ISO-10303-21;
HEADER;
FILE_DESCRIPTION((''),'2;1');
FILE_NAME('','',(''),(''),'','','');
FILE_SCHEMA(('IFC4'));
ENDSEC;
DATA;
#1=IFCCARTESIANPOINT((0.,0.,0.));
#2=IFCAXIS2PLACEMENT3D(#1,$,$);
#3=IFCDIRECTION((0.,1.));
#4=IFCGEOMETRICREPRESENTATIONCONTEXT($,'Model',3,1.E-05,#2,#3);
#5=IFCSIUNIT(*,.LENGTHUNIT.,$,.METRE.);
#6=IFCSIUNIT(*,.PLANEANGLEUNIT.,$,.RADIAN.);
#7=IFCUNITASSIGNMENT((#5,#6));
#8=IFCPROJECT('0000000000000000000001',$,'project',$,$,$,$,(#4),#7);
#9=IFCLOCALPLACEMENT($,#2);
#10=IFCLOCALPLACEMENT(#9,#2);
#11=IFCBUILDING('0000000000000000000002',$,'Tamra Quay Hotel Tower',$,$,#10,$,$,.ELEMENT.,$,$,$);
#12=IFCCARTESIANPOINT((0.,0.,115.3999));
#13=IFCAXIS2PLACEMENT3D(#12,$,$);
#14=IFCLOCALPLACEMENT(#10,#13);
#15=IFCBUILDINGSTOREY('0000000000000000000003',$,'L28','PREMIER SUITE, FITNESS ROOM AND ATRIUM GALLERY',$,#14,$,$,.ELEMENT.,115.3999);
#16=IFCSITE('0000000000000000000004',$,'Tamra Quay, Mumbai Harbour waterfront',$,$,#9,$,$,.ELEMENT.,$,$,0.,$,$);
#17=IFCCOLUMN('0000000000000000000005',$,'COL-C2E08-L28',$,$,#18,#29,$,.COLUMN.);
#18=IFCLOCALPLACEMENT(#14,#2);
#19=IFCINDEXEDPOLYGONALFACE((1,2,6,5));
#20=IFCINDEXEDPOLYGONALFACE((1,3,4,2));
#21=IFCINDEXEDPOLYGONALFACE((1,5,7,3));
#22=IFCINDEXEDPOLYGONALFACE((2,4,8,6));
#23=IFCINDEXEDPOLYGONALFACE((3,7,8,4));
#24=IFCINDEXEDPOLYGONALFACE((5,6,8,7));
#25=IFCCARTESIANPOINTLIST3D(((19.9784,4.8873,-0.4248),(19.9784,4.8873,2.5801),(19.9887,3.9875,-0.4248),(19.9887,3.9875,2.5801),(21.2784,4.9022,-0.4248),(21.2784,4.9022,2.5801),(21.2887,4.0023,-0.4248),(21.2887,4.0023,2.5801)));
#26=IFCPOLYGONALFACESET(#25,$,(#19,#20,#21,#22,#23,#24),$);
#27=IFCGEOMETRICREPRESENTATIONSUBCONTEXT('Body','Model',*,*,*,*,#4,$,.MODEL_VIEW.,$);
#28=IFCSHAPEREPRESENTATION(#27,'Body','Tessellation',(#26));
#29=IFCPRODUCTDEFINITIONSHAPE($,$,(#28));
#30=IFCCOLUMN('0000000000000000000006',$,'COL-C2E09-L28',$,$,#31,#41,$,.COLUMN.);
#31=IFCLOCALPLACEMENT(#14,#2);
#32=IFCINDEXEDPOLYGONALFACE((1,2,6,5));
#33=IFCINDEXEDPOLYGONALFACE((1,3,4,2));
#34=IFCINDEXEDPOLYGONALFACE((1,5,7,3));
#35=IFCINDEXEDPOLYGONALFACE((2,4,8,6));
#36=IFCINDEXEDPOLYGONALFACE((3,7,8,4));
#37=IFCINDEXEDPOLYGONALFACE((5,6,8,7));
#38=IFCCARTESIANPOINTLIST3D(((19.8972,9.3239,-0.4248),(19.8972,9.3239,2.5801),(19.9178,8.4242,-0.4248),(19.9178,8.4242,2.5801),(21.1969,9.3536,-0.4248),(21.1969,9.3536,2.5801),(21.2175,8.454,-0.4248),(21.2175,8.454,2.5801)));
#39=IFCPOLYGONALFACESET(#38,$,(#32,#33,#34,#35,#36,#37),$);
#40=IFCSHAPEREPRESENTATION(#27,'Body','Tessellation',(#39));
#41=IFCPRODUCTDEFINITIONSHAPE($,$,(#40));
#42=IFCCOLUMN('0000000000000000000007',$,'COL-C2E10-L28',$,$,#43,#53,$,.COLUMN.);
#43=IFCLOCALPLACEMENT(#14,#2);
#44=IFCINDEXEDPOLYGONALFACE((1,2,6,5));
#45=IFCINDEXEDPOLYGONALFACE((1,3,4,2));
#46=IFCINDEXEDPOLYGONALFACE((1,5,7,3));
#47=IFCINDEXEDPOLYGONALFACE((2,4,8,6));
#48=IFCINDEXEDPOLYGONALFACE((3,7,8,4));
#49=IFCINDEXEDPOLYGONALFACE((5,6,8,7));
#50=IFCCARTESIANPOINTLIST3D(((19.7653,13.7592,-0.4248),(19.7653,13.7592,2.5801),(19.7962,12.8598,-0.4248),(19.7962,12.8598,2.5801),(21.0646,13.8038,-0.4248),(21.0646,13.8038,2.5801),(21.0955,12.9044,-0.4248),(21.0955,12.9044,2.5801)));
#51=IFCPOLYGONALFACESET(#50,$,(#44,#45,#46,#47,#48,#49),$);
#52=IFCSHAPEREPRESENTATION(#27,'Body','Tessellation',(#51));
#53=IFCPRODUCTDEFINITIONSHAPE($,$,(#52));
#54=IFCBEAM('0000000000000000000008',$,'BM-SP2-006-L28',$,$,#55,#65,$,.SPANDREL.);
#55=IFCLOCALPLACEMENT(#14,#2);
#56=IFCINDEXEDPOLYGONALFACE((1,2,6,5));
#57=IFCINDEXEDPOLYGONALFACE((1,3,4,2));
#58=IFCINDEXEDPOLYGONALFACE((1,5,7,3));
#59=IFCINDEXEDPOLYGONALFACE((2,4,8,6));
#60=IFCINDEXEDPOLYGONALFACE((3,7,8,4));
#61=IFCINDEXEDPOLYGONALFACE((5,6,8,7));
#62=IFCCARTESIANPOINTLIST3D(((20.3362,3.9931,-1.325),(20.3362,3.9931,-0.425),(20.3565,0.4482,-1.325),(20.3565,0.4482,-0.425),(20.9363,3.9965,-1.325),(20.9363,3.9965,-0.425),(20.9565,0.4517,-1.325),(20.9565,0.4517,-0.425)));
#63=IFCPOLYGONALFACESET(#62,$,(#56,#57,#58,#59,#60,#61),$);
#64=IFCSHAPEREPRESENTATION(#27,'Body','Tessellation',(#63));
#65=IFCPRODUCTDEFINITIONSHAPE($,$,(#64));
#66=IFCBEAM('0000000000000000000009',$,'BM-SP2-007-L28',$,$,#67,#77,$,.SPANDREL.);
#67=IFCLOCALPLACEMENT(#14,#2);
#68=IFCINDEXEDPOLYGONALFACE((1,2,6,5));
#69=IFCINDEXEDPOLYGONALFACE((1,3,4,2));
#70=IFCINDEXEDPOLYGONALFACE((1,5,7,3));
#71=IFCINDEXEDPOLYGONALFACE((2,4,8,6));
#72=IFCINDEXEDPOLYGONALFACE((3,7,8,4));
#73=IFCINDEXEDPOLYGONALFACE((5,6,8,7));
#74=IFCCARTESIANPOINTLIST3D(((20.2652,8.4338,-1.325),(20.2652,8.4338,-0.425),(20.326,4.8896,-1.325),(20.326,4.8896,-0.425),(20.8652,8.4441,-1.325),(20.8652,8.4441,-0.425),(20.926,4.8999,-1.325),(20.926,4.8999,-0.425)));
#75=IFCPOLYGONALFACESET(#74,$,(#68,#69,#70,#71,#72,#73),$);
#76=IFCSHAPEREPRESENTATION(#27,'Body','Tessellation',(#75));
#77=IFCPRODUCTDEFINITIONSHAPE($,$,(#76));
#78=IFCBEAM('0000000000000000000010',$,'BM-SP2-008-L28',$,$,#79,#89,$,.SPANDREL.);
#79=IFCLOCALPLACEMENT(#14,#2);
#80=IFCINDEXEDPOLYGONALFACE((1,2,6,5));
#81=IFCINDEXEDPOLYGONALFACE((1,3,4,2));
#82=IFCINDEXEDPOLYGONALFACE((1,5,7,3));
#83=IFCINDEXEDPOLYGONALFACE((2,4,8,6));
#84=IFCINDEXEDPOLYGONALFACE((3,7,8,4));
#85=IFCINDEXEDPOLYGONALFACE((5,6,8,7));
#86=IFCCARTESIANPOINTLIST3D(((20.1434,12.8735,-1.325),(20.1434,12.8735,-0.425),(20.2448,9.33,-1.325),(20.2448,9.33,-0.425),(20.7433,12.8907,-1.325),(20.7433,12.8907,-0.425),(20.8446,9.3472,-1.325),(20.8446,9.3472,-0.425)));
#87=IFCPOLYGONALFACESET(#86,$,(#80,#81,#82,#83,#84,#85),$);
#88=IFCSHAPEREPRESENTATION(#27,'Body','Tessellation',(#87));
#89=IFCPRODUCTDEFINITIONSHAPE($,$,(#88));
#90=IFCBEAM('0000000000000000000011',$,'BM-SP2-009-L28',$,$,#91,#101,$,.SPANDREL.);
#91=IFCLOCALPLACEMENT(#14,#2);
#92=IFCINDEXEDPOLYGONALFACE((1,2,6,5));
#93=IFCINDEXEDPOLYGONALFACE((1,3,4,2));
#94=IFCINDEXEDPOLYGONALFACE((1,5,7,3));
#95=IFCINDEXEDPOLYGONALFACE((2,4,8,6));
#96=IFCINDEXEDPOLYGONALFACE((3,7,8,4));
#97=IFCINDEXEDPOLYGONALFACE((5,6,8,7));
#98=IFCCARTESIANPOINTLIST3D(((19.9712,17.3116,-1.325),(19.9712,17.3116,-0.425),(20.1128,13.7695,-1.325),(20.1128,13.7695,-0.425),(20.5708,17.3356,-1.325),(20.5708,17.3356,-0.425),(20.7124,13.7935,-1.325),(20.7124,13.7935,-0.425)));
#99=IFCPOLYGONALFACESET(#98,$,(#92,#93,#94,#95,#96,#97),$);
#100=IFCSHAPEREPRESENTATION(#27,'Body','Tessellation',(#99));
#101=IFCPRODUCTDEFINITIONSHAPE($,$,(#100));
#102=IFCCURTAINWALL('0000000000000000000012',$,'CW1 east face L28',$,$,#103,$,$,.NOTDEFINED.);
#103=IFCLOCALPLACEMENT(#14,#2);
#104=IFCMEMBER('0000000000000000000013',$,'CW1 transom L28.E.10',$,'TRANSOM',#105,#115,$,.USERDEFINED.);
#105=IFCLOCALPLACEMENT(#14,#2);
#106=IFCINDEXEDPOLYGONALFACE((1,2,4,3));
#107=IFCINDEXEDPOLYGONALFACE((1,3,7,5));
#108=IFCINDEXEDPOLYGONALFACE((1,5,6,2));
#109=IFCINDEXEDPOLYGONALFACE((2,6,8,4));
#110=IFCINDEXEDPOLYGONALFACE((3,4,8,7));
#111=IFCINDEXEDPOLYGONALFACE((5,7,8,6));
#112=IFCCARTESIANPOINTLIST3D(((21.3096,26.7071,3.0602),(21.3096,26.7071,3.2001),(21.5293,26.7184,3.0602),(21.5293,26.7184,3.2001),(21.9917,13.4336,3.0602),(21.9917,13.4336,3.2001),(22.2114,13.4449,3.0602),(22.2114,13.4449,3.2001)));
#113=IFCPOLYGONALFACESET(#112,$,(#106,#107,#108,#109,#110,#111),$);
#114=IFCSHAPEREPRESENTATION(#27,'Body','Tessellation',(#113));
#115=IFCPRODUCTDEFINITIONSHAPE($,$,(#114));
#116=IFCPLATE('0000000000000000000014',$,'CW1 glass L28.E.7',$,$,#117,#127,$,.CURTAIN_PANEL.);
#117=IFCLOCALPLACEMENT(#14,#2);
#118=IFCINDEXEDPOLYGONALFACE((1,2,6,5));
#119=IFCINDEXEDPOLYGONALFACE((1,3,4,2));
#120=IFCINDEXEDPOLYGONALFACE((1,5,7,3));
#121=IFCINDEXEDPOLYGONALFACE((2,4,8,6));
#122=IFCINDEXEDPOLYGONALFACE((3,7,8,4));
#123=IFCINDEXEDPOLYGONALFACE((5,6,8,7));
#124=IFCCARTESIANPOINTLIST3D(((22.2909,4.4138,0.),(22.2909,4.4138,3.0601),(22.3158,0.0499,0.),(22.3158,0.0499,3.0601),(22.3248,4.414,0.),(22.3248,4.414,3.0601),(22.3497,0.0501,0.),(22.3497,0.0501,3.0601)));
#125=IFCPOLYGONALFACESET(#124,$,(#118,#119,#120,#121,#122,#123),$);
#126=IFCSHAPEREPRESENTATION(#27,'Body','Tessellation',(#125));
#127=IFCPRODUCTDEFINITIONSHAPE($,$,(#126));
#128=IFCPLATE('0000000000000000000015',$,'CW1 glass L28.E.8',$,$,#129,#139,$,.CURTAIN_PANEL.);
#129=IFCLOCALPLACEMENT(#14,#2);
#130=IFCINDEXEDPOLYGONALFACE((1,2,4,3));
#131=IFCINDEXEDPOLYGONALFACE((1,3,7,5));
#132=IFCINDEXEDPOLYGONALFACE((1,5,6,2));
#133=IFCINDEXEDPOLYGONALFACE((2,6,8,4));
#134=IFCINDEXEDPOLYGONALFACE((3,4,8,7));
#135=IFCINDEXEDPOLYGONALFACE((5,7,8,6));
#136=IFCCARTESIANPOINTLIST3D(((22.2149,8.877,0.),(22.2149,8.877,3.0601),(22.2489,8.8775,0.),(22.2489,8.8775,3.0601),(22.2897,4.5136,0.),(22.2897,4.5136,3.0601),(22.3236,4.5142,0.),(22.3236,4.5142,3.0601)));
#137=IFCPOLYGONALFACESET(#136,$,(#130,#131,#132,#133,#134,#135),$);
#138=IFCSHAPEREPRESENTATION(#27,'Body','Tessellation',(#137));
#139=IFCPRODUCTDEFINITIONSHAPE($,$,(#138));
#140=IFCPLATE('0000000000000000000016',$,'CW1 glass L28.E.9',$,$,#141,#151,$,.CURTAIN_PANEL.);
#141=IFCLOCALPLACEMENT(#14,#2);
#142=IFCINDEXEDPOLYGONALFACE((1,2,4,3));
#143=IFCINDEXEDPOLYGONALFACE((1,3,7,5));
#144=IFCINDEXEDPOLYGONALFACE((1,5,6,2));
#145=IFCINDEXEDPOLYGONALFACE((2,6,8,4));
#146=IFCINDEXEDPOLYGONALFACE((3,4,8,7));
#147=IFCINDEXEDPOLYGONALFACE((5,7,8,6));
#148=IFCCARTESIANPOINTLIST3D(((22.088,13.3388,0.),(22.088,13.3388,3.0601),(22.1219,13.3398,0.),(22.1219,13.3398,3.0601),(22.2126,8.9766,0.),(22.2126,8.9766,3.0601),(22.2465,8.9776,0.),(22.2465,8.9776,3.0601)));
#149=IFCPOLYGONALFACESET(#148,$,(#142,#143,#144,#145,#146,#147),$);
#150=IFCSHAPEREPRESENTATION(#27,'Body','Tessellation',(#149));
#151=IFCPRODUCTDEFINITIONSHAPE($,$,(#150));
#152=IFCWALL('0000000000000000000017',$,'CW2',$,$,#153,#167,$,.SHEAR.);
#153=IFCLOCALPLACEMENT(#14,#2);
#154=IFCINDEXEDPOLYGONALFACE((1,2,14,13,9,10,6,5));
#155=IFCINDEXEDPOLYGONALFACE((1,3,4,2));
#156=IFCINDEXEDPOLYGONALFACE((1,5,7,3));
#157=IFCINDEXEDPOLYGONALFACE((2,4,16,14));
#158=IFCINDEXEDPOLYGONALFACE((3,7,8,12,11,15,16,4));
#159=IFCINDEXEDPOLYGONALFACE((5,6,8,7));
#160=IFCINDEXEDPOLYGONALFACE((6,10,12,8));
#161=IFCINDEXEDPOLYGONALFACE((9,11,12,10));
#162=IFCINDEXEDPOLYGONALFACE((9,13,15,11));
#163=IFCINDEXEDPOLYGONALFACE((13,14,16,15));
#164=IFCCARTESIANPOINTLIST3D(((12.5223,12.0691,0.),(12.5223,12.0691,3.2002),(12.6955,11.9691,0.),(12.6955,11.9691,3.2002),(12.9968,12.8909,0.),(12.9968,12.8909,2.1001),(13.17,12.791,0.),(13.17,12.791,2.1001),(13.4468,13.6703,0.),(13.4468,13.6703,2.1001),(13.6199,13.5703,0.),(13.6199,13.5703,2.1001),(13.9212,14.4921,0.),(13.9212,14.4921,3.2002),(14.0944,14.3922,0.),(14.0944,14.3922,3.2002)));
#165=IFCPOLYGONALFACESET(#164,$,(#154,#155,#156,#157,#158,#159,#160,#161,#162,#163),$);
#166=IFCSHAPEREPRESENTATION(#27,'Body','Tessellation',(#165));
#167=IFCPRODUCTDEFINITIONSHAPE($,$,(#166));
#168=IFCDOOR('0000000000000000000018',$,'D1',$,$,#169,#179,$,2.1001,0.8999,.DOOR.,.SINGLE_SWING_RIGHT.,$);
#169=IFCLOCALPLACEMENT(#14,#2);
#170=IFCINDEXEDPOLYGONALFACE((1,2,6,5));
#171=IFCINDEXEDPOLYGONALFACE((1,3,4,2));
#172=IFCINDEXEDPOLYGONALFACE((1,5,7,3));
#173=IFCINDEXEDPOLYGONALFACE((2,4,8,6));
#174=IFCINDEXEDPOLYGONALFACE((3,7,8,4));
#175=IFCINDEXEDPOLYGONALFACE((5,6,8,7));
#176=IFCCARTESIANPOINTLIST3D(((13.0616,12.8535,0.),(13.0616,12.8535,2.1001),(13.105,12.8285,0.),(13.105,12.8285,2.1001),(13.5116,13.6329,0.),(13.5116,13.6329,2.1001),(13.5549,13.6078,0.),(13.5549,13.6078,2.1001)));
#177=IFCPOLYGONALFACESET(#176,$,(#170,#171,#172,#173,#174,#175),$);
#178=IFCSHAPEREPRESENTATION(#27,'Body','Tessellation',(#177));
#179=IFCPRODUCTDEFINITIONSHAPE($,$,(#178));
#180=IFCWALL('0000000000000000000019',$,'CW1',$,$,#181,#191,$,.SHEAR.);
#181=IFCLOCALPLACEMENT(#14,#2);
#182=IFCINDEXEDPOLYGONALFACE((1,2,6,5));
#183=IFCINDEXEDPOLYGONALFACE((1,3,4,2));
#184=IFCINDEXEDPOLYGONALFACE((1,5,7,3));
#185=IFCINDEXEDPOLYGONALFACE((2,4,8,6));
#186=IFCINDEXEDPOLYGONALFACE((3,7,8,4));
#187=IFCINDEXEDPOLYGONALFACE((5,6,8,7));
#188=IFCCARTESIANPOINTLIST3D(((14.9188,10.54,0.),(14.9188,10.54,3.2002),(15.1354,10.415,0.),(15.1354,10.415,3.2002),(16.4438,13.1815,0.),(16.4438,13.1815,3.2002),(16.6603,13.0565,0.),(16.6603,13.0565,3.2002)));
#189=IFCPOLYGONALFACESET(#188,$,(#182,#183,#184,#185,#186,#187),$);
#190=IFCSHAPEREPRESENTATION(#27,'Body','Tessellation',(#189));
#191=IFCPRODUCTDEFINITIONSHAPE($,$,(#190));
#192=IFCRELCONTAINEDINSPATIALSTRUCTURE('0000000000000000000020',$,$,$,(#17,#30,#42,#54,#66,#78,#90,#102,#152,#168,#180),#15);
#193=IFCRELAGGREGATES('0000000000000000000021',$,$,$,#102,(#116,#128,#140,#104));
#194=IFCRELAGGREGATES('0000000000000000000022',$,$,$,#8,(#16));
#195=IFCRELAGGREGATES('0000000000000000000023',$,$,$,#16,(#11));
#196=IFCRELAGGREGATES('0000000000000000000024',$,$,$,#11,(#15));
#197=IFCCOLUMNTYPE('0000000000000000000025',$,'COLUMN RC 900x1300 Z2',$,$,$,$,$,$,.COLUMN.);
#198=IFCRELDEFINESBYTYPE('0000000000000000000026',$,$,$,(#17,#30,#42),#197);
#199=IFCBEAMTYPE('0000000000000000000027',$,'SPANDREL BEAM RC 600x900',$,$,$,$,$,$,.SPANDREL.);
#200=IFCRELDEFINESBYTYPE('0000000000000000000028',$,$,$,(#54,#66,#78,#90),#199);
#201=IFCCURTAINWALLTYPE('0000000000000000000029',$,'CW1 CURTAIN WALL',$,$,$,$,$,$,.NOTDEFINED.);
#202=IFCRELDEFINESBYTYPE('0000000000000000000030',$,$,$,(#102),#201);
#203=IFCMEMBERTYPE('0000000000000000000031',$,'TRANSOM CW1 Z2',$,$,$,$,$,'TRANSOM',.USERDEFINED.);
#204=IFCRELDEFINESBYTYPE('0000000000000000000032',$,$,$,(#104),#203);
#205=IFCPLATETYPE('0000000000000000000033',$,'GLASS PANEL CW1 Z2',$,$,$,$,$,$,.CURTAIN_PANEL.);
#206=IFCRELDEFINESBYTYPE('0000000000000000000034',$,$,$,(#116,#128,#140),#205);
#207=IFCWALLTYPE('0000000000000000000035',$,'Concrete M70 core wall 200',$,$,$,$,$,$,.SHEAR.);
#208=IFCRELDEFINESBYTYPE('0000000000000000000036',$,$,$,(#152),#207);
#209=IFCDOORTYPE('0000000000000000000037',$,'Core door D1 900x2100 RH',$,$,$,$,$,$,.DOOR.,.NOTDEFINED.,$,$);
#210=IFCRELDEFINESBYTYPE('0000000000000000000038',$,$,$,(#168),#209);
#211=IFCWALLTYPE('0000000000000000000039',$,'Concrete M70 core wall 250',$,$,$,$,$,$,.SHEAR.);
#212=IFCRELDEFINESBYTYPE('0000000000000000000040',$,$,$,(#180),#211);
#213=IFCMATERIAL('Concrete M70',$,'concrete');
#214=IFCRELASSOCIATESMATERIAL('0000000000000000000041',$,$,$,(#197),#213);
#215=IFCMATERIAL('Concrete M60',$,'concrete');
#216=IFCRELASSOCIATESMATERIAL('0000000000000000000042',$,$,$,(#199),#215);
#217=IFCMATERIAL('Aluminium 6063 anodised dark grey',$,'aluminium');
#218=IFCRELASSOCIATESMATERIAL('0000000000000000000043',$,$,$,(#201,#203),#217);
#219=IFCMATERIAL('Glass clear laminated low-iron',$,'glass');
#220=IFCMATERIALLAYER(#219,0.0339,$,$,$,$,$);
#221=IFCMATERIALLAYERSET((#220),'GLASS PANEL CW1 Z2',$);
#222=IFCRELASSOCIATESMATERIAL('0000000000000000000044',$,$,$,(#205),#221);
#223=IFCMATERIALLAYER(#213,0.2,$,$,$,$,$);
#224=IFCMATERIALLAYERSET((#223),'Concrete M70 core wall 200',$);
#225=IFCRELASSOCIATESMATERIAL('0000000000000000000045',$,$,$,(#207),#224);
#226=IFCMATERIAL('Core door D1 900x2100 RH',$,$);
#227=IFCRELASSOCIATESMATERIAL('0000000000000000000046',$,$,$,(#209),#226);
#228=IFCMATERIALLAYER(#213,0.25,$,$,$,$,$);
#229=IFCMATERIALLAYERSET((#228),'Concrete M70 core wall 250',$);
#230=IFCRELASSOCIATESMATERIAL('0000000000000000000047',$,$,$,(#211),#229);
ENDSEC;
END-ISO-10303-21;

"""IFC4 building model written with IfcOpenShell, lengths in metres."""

from ifc_helpers import new_model, si_unit, direction, frame, frame_2d, origin, origin_2d, place, context, subcontext, project, spatial, rectangle, extrude, material, layer, layer_set, material_profile, profile_set, type_object, element, fill, aggregate, save


model = new_model("IFC4")

# Units and contexts
model_context = context("Model", 3, precision=1e-05, world=origin(), true_north=direction((0.0, 1.0)))
body_context = subcontext(model_context, "Body", "Model", "MODEL_VIEW")
ifc_project = project(units=[si_unit("LENGTHUNIT", "METRE"), si_unit("PLANEANGLEUNIT", "RADIAN")], contexts=[model_context])

# Site, building, storey
site_placement = place(None, origin())
site = spatial("IfcSite", under=ifc_project, at=site_placement, Name="Tamra Quay, Mumbai Harbour waterfront", CompositionType="ELEMENT", RefElevation=0.0)
building_placement = place(site_placement, origin())
building = spatial("IfcBuilding", under=site, at=building_placement, Name="Tamra Quay Hotel Tower", CompositionType="ELEMENT")
storey_placement = place(building_placement, frame((0.0, 0.0, 115.3999)))
storey = spatial("IfcBuildingStorey", under=building, at=storey_placement, Name="L28", Description="PREMIER SUITE, FITNESS ROOM AND ATRIUM GALLERY", CompositionType="ELEMENT", Elevation=115.3999)

# Columns
ifc_material_1 = material(Name="Concrete M70", Category="concrete")
ifc_material_profile_1 = material_profile(ifc_material_1, rectangle(XDim=1.3, YDim=0.8999, at=origin_2d()), Name="COLUMN RC 900x1300 Z2")
ifc_profile_set_1 = profile_set([ifc_material_profile_1], Name="Concrete M70")
column_type = type_object("IfcColumnType", Name="COLUMN RC 900x1300 Z2", PredefinedType="COLUMN", material=ifc_profile_set_1)
for number, where, z_axis, x_axis, name in (
    (1, (20.6335, 4.4448, -0.4248), (0.0, 0.0, 1.0), (0.999935, 0.011439, 0.0), "COL-C2E08-L28"),
    (2, (20.5574, 8.8889, -0.4248), (0.0, 0.0, 1.0), (0.999738, 0.022874, 0.0), "COL-C2E09-L28"),
    (3, (20.4304, 13.3318, -0.4248), (0.0, 0.0, 1.0), (0.999412, 0.034299, 0.0), "COL-C2E10-L28"),
):
    element("IfcColumn", number, at=place(storey_placement, frame(where, z_axis=z_axis, x_axis=x_axis)), inside=storey, type_object=column_type, Name=name, PredefinedType="COLUMN", context=body_context, shape_type="SweptSolid", body=[
        extrude(rectangle(XDim=1.3, YDim=0.8999, at=origin_2d()), origin(), (0.0, 0.0, 1.0), 3.0049),
    ])

# Beams
ifc_material_2 = material(Name="Concrete M60", Category="concrete")
ifc_material_profile_2 = material_profile(ifc_material_2, rectangle(XDim=0.6001, YDim=0.8999, at=origin_2d()), Name="SPANDREL BEAM RC 600x900")
ifc_profile_set_2 = profile_set([ifc_material_profile_2], Name="Concrete M60")
beam_type = type_object("IfcBeamType", Name="SPANDREL BEAM RC 600x900", PredefinedType="SPANDREL", material=ifc_profile_set_2)
beam_1_placement = place(storey_placement, frame((20.6565, 0.45, -0.875), z_axis=(-0.005716, 0.999984, 0.0), x_axis=(-0.999984, -0.005716, 0.0)))
element("IfcBeam", 4, at=beam_1_placement, inside=storey, type_object=beam_type, Name="BM-SP2-006-L28", PredefinedType="SPANDREL", context=body_context, shape_type="SweptSolid", body=[
    extrude(rectangle(XDim=0.6001, YDim=0.8999, at=origin_2d()), origin(), (0.0, 0.0, 1.0), 3.5449),
])
beam_2_placement = place(storey_placement, frame((20.626, 4.8948, -0.875), z_axis=(-0.01715, 0.999853, 0.0), x_axis=(-0.999853, -0.01715, 0.0)))
element("IfcBeam", 5, at=beam_2_placement, inside=storey, type_object=beam_type, Name="BM-SP2-007-L28", PredefinedType="SPANDREL", context=body_context, shape_type="SweptSolid", body=[
    extrude(rectangle(XDim=0.6001, YDim=0.8999, at=origin_2d()), origin(), (0.0, 0.0, 1.0), 3.5447),
])
for number, where, z_axis, x_axis, name in (
    (6, (20.5447, 9.3386, -0.875), (-0.028581, 0.999591, 0.0), (-0.999591, -0.028581, 0.0), "BM-SP2-008-L28"),
    (7, (20.4126, 13.7815, -0.875), (-0.039946, 0.999202, 0.0), (-0.999202, -0.039946, 0.0), "BM-SP2-009-L28"),
):
    element("IfcBeam", number, at=place(storey_placement, frame(where, z_axis=z_axis, x_axis=x_axis)), inside=storey, type_object=beam_type, Name=name, PredefinedType="SPANDREL", context=body_context, shape_type="SweptSolid", body=[
        extrude(rectangle(XDim=0.6001, YDim=0.8999, at=origin_2d()), origin(), (0.0, 0.0, 1.0), 3.5449),
    ])

# Curtain wall, member, plates
ifc_material_3 = material(Name="Aluminium 6063 anodised dark grey", Category="aluminium")
curtain_wall_type = type_object("IfcCurtainWallType", Name="CW1 CURTAIN WALL", PredefinedType="NOTDEFINED", material=ifc_material_3)
curtain_wall_placement = place(storey_placement, origin())
curtain_wall = element("IfcCurtainWall", 8, at=curtain_wall_placement, inside=storey, type_object=curtain_wall_type, Name="CW1 east face L28", PredefinedType="NOTDEFINED")
ifc_material_profile_3 = material_profile(ifc_material_3, rectangle(XDim=0.22, YDim=0.1399, at=origin_2d()), Name="TRANSOM 220X140")
ifc_profile_set_3 = profile_set([ifc_material_profile_3], Name="Aluminium 6063 anodised dark grey")
member_type = type_object("IfcMemberType", Name="TRANSOM CW1 Z2", ElementType="TRANSOM", PredefinedType="USERDEFINED", material=ifc_profile_set_3)
member_placement = place(storey_placement, frame((22.1016, 13.4392, 3.1301), z_axis=(-0.051323, 0.998682, 0.0), x_axis=(-0.998682, -0.051323, 0.0)))
member = element("IfcMember", 9, at=member_placement, type_object=member_type, Name="CW1 transom L28.E.10", ObjectType="TRANSOM", PredefinedType="USERDEFINED", context=body_context, shape_type="SweptSolid", body=[
    extrude(rectangle(XDim=0.22, YDim=0.1399, at=origin_2d()), origin(), (0.0, 0.0, 1.0), 13.291),
])
ifc_material_4 = material(Name="Glass clear laminated low-iron", Category="glass")
ifc_layer_1 = layer(ifc_material_4, 0.0339)
ifc_layer_set_1 = layer_set([ifc_layer_1], Name="GLASS PANEL CW1 Z2")
plate_type = type_object("IfcPlateType", Name="GLASS PANEL CW1 Z2", PredefinedType="CURTAIN_PANEL", material=ifc_layer_set_1)
plate_1_placement = place(storey_placement, frame((22.3203, 2.2319, 0.0), z_axis=(0.0, 0.0, 1.0), x_axis=(-0.005713, 0.999984, 0.0)))
plate_1 = element("IfcPlate", 10, at=plate_1_placement, type_object=plate_type, Name="CW1 glass L28.E.7", PredefinedType="CURTAIN_PANEL", context=body_context, shape_type="SweptSolid", body=[
    extrude(rectangle(XDim=4.364, YDim=0.0339, at=origin_2d()), origin(), (0.0, 0.0, 1.0), 3.0601),
])
plate_2_placement = place(storey_placement, frame((22.2693, 6.6956, 0.0), z_axis=(0.0, 0.0, 1.0), x_axis=(-0.017134, 0.999853, 0.0)))
plate_2 = element("IfcPlate", 11, at=plate_2_placement, type_object=plate_type, Name="CW1 glass L28.E.8", PredefinedType="CURTAIN_PANEL", context=body_context, shape_type="SweptSolid", body=[
    extrude(rectangle(XDim=4.364, YDim=0.0339, at=origin_2d()), origin(), (0.0, 0.0, 1.0), 3.0601),
])
plate_3_placement = place(storey_placement, frame((22.1672, 11.1582, 0.0), z_axis=(0.0, 0.0, 1.0), x_axis=(-0.028546, 0.999592, 0.0)))
plate_3 = element("IfcPlate", 12, at=plate_3_placement, type_object=plate_type, Name="CW1 glass L28.E.9", PredefinedType="CURTAIN_PANEL", context=body_context, shape_type="SweptSolid", body=[
    extrude(rectangle(XDim=4.364, YDim=0.0339, at=origin_2d()), origin(), (0.0, 0.0, 1.0), 3.0601),
])
aggregate(curtain_wall, [plate_1, plate_2, plate_3, member])

# Wall, opening, door
ifc_layer_2 = layer(ifc_material_1, 0.2)
ifc_layer_set_2 = layer_set([ifc_layer_2], Name="Concrete M70 core wall 200")
wall_type_1 = type_object("IfcWallType", Name="Concrete M70 core wall 200", PredefinedType="SHEAR", material=ifc_layer_set_2)
wall_1_placement = place(storey_placement, frame((14.0078, 14.4421, 0.0), z_axis=(0.0, 0.0, 1.0), x_axis=(-0.499987, -0.866033, 0.0)))
wall_1 = element("IfcWall", 13, at=wall_1_placement, inside=storey, type_object=wall_type_1, Name="CW2", PredefinedType="SHEAR", context=body_context, shape_type="SweptSolid", body=[
    extrude(rectangle(XDim=2.7979, YDim=0.2, at=frame_2d((1.3989, 0.0))), origin(), (0.0, 0.0, 1.0), 3.2002),
])
opening_placement = place(wall_1_placement, frame((0.949, 0.0, 0.0)))
opening = element("IfcOpeningElement", 14, at=opening_placement, cuts=wall_1, PredefinedType="OPENING", context=body_context, shape_type="SweptSolid", body=[
    extrude(rectangle(XDim=0.8999, YDim=2.1001, at=frame_2d((0.45, 1.05))), frame((0.0, 0.1099, 0.0), z_axis=(0.0, -1.0, 0.0), x_axis=(1.0, 0.0, 0.0)), (0.0, 0.0, 1.0), 0.22),
])
ifc_material_5 = material(Name="Core door D1 900x2100 RH")
door_type = type_object("IfcDoorType", Name="Core door D1 900x2100 RH", OperationType="NOTDEFINED", PredefinedType="DOOR", material=ifc_material_5)
door_placement = place(opening_placement, origin())
door = element("IfcDoor", 15, at=door_placement, inside=storey, type_object=door_type, Name="D1", OperationType="SINGLE_SWING_RIGHT", OverallHeight=2.1001, OverallWidth=0.8999, PredefinedType="DOOR", context=body_context, shape_type="SweptSolid", body=[
    extrude(rectangle(XDim=0.8999, YDim=2.1001, at=frame_2d((0.45, 1.05))), frame((0.0, 0.0249, 0.0), z_axis=(0.0, -1.0, 0.0), x_axis=(1.0, 0.0, 0.0)), (0.0, 0.0, 1.0), 0.05),
])
fill(opening, door)

# Wall
ifc_layer_3 = layer(ifc_material_1, 0.25)
ifc_layer_set_3 = layer_set([ifc_layer_3], Name="Concrete M70 core wall 250")
wall_type_2 = type_object("IfcWallType", Name="Concrete M70 core wall 250", PredefinedType="SHEAR", material=ifc_layer_set_3)
wall_2_placement = place(storey_placement, frame((16.552, 13.1189, 0.0), z_axis=(0.0, 0.0, 1.0), x_axis=(-0.499979, -0.866038, 0.0)))
element("IfcWall", 16, at=wall_2_placement, inside=storey, type_object=wall_type_2, Name="CW1", PredefinedType="SHEAR", context=body_context, shape_type="SweptSolid", body=[
    extrude(rectangle(XDim=3.05, YDim=0.25, at=frame_2d((1.5249, 0.0))), origin(), (0.0, 0.0, 1.0), 3.2002),
])

save(model, "model.ifc")
